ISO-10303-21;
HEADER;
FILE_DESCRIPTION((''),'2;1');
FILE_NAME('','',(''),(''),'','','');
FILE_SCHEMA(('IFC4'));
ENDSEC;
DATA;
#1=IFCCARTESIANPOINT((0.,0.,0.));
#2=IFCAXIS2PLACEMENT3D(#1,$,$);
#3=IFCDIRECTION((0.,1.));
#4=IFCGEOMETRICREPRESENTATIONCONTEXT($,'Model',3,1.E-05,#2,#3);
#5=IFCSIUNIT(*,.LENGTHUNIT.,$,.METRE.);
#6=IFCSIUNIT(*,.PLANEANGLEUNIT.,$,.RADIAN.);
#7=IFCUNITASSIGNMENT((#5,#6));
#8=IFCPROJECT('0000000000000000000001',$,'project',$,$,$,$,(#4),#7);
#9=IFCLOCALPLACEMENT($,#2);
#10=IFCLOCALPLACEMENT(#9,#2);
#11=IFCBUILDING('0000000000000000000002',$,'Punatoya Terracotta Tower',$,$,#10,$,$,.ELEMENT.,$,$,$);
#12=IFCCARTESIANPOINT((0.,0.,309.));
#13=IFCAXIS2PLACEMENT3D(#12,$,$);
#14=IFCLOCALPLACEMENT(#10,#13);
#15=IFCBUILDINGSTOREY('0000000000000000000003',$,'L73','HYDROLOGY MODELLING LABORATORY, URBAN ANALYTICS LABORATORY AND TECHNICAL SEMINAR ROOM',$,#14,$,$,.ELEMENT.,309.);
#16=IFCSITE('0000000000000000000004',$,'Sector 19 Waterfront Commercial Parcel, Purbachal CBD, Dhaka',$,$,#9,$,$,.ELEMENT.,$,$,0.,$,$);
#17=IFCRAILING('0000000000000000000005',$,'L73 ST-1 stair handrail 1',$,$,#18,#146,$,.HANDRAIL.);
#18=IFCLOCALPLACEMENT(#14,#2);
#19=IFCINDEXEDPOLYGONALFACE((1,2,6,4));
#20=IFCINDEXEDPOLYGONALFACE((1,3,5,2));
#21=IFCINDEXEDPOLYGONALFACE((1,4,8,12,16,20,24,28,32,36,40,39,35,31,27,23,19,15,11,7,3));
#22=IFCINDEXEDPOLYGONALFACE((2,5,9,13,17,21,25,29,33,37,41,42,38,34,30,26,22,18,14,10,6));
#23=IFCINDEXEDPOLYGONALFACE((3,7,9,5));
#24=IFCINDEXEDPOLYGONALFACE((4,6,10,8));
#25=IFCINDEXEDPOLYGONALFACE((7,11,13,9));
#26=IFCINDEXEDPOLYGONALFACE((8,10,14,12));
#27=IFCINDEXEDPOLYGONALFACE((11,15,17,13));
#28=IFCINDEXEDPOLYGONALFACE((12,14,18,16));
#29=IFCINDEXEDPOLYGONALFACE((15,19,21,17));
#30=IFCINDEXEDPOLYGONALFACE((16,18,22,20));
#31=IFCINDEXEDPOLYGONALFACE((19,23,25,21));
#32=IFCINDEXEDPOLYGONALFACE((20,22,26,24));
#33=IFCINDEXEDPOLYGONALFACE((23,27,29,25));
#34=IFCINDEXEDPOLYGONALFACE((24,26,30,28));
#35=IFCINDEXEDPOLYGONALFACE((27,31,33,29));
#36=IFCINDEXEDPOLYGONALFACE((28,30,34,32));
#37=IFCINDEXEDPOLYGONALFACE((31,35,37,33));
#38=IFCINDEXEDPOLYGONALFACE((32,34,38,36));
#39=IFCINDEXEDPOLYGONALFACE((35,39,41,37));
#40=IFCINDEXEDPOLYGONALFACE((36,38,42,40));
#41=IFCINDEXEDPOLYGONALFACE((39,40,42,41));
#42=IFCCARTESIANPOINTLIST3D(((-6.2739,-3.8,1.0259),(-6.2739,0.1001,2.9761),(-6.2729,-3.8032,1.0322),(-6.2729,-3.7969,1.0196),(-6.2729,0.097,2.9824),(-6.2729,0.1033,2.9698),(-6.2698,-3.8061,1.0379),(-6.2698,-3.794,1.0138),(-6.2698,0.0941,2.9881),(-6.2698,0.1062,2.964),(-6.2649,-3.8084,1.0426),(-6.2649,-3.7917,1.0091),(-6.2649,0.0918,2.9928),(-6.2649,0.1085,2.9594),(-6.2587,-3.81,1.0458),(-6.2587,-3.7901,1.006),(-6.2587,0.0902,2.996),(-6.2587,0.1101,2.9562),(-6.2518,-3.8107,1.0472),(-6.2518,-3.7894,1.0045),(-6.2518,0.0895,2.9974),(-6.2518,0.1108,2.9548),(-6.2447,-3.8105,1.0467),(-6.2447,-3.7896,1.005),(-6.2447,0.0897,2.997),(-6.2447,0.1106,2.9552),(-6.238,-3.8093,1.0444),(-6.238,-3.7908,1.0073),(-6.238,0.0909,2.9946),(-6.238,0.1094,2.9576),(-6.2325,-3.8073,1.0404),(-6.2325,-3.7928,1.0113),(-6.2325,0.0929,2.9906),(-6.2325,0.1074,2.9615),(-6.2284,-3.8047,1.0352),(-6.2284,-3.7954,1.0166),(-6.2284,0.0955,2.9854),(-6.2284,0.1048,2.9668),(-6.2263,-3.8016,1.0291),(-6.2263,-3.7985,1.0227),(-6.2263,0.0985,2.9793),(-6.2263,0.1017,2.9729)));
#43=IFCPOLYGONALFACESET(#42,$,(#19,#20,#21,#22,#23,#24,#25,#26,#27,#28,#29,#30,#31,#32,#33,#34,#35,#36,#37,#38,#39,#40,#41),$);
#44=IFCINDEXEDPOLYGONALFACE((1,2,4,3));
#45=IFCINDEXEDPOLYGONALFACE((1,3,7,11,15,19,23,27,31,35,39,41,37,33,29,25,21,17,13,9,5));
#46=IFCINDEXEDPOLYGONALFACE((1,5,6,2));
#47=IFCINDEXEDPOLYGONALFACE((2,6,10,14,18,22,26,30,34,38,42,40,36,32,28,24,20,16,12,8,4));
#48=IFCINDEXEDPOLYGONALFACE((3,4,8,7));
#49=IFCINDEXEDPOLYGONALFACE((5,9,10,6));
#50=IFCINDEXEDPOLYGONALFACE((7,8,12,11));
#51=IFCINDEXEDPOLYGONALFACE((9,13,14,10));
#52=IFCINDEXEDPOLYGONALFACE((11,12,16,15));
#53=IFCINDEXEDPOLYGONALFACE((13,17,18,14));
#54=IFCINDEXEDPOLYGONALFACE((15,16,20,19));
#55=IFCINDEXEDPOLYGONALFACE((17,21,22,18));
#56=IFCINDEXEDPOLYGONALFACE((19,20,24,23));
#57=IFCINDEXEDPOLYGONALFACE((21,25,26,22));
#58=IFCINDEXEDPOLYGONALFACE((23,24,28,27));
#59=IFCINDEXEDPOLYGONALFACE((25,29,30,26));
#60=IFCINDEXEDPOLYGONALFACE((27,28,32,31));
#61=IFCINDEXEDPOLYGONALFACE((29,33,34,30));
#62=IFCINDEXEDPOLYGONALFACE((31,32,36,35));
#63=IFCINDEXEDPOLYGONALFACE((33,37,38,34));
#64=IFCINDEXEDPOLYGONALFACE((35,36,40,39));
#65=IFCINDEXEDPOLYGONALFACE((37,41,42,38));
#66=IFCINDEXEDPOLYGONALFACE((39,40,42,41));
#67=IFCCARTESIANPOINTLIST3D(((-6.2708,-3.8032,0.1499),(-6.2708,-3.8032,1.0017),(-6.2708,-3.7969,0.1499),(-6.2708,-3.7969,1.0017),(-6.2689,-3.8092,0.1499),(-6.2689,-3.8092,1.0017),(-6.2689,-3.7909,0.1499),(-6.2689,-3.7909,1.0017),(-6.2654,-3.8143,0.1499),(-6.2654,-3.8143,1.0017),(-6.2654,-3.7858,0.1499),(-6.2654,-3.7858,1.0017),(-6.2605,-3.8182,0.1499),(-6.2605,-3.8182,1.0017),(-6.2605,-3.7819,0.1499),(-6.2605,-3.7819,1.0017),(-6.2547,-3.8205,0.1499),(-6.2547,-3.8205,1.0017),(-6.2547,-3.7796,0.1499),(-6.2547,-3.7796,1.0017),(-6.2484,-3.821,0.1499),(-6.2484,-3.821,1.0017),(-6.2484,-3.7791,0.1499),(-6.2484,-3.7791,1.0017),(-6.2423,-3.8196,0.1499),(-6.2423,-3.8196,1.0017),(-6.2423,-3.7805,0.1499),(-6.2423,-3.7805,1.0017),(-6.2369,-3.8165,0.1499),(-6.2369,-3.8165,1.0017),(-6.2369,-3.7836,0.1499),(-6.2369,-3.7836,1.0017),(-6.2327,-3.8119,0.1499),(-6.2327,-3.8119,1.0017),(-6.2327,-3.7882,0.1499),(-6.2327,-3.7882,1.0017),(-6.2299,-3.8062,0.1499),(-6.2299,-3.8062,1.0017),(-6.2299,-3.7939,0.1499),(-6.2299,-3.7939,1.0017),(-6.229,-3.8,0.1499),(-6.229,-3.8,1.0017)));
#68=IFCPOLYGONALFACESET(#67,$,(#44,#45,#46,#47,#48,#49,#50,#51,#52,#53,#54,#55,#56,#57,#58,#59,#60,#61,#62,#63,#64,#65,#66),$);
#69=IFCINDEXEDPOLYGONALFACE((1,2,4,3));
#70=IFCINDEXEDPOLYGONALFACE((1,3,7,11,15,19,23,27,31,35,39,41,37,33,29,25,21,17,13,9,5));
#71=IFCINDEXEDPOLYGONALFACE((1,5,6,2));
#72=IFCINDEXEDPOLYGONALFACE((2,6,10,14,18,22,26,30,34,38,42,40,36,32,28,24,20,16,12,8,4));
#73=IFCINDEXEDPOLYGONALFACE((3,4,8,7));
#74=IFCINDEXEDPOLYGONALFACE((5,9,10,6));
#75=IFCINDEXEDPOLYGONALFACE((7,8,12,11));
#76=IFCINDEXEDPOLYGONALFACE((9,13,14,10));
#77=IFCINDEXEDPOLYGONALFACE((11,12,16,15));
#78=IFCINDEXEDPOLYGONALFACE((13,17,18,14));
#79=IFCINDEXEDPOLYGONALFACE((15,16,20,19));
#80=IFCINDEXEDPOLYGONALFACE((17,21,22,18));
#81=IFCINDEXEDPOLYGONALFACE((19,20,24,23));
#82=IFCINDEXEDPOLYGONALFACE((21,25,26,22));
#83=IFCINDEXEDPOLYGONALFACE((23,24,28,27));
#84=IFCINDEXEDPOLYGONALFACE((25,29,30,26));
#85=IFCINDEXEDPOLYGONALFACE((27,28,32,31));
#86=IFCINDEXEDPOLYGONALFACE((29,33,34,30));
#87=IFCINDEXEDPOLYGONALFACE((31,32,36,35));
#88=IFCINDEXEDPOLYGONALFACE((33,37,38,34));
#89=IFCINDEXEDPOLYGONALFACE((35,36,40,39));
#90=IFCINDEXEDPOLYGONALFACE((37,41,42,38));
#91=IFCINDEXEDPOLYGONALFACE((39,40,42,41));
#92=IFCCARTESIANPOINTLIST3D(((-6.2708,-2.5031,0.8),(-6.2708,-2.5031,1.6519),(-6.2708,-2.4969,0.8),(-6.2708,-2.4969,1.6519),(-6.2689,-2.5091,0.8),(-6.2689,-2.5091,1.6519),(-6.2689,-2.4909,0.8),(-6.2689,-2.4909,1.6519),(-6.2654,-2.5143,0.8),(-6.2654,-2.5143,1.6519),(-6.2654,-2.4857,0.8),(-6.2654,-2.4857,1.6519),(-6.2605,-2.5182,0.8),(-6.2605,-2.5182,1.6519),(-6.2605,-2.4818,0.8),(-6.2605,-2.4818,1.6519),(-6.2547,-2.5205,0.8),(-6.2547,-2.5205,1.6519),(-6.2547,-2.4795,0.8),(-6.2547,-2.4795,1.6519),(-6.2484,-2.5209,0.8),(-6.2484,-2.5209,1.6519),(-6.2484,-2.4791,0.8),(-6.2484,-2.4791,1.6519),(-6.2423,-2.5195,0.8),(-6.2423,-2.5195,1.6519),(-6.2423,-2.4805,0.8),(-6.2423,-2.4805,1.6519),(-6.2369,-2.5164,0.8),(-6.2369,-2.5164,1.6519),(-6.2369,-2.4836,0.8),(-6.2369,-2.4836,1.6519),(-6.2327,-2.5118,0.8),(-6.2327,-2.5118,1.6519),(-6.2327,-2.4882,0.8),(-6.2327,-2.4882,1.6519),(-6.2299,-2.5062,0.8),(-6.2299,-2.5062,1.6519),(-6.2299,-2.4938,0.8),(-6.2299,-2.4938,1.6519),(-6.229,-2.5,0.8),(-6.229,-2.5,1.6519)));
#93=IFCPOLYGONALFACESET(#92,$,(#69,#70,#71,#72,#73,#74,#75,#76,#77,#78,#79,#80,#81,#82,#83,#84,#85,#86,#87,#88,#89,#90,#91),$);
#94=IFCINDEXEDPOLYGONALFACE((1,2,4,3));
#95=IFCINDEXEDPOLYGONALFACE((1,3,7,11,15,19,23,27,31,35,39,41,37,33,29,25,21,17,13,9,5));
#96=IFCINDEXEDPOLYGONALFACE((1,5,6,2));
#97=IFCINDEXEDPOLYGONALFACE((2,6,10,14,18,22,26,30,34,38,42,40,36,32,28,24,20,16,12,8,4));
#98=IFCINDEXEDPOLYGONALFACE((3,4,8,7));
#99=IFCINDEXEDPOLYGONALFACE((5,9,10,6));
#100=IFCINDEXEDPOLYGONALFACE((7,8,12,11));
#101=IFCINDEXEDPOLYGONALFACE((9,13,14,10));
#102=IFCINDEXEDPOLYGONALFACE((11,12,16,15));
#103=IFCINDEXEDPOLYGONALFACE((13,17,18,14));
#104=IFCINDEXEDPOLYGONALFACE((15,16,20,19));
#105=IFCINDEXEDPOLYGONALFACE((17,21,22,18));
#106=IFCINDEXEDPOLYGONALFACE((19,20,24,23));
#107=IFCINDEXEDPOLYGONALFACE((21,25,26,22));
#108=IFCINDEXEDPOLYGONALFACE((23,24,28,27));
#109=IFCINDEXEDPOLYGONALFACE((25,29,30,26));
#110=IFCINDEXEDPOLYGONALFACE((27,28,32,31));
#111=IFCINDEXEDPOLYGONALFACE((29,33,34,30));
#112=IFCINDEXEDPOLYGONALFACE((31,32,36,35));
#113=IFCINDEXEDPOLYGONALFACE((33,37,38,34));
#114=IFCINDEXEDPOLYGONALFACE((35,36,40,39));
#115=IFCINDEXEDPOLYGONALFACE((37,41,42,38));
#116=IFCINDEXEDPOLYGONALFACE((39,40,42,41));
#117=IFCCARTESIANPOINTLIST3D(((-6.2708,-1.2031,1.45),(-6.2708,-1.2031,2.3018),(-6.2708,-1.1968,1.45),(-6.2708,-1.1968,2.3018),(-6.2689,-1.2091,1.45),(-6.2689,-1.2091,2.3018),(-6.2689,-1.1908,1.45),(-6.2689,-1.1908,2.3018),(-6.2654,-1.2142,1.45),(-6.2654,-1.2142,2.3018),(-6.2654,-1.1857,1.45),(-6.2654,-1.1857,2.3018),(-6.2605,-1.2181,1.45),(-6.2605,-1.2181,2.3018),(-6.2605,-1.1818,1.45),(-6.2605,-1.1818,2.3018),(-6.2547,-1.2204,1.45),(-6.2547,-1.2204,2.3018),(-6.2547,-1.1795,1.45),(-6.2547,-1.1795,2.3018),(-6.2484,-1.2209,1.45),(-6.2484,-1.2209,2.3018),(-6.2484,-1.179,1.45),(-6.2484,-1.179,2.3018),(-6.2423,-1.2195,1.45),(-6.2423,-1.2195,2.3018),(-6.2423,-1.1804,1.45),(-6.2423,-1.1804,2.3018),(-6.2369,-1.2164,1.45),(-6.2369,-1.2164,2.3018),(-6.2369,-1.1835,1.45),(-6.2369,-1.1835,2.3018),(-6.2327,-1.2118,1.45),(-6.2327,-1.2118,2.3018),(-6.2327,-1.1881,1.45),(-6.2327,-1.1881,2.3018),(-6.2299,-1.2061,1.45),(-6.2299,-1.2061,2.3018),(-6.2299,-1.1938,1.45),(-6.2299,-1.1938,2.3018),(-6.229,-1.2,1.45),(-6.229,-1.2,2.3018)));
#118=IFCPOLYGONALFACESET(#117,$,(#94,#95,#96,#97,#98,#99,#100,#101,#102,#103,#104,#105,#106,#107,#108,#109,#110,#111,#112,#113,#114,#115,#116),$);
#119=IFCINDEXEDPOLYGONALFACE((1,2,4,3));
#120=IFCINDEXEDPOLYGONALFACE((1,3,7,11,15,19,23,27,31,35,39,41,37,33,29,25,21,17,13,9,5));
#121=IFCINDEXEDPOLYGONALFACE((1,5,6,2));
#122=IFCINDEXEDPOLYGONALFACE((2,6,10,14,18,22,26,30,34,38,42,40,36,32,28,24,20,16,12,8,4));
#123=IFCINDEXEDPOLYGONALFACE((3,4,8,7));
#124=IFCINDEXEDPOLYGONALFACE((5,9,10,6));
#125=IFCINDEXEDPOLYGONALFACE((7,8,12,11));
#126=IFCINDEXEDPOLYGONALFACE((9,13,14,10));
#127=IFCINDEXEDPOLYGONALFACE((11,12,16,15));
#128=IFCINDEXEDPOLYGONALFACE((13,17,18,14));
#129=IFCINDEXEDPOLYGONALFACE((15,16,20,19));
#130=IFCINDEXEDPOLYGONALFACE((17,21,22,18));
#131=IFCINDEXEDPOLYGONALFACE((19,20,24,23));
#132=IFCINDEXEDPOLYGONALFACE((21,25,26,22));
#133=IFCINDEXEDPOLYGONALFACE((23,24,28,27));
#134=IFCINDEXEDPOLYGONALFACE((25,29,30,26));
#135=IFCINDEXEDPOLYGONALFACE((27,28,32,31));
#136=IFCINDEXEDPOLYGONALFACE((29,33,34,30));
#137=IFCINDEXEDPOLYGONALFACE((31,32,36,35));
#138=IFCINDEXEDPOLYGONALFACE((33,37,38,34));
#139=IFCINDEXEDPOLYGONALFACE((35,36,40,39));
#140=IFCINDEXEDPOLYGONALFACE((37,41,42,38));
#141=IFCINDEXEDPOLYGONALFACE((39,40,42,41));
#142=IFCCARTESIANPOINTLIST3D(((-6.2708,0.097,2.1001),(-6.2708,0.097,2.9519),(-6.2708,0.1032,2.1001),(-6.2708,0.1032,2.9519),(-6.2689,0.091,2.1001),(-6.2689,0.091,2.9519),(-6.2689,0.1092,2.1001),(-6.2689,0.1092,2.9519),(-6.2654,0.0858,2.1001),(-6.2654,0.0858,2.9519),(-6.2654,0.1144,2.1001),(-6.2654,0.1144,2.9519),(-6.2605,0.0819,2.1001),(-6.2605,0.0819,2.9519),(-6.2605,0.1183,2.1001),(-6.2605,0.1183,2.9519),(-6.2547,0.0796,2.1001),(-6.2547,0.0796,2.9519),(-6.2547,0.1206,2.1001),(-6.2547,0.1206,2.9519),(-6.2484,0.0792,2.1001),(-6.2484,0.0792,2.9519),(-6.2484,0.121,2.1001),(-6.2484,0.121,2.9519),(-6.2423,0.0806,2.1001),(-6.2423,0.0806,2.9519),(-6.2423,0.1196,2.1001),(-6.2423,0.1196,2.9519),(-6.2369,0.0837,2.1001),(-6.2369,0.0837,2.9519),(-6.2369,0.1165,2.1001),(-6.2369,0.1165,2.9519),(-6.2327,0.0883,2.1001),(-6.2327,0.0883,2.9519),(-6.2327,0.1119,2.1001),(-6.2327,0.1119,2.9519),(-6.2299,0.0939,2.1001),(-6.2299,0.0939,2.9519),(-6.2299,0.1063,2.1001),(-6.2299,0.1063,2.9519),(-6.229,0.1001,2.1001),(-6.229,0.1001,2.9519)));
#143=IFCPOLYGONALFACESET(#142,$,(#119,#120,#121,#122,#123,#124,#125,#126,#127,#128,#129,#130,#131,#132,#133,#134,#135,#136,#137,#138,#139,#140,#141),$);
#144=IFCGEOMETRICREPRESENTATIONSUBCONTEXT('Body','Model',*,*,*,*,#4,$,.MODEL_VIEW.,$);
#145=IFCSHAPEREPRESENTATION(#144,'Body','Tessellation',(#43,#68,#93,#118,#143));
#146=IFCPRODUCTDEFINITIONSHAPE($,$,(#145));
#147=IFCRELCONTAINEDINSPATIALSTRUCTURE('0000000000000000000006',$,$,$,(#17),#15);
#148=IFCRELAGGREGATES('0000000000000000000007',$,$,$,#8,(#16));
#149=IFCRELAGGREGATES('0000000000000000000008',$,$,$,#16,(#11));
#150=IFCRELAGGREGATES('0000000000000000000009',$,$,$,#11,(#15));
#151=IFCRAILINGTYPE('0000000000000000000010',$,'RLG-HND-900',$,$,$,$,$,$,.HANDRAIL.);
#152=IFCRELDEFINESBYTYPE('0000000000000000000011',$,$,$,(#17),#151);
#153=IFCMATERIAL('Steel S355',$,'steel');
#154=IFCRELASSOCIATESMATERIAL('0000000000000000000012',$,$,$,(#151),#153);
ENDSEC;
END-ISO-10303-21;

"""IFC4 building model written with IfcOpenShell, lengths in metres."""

from ifc_helpers import new_model, si_unit, direction, frame, origin, origin_2d, place, context, subcontext, project, spatial, circle, extrude, material, type_object, element, save


model = new_model("IFC4")

# Units and contexts
model_context = context("Model", 3, precision=1e-05, world=origin(), true_north=direction((0.0, 1.0)))
body_context = subcontext(model_context, "Body", "Model", "MODEL_VIEW")
ifc_project = project(units=[si_unit("LENGTHUNIT", "METRE"), si_unit("PLANEANGLEUNIT", "RADIAN")], contexts=[model_context])

# Site, building, storey
site_placement = place(None, origin())
site = spatial("IfcSite", under=ifc_project, at=site_placement, Name="Sector 19 Waterfront Commercial Parcel, Purbachal CBD, Dhaka", CompositionType="ELEMENT", RefElevation=0.0)
building_placement = place(site_placement, origin())
building = spatial("IfcBuilding", under=site, at=building_placement, Name="Punatoya Terracotta Tower", CompositionType="ELEMENT")
storey_placement = place(building_placement, frame((0.0, 0.0, 309.0)))
storey = spatial("IfcBuildingStorey", under=building, at=storey_placement, Name="L73", Description="HYDROLOGY MODELLING LABORATORY, URBAN ANALYTICS LABORATORY AND TECHNICAL SEMINAR ROOM", CompositionType="ELEMENT", Elevation=309.0)

# Shared definitions
ifc_material_1 = material(Name="Steel S355", Category="steel")

# Railing
railing_type_1 = type_object("IfcRailingType", Name="RLG-HND-900", PredefinedType="HANDRAIL", material=ifc_material_1)
railing_1_placement = place(storey_placement, frame((-6.25, -3.8, 0.1499)))
element("IfcRailing", 1, at=railing_1_placement, inside=storey, type_object=railing_type_1, Name="L73 ST-1 stair handrail 1", PredefinedType="HANDRAIL", context=body_context, shape_type="SweptSolid", body=[
    extrude(circle(Radius=0.0239, at=origin_2d()), frame((0.0, 0.0, 0.876), z_axis=(0.0, 0.894416, 0.447236), x_axis=(-1.0, 0.0, 0.0)), (0.0, 0.0, 1.0), 4.3606),
    extrude(circle(Radius=0.021, at=origin_2d()), origin(), (0.0, 0.0, 1.0), 0.8518),
    extrude(circle(Radius=0.021, at=origin_2d()), frame((0.0, 1.3, 0.6501)), (0.0, 0.0, 1.0), 0.8518),
    extrude(circle(Radius=0.021, at=origin_2d()), frame((0.0, 2.6001, 1.3)), (0.0, 0.0, 1.0), 0.8518),
    extrude(circle(Radius=0.021, at=origin_2d()), frame((0.0, 3.9001, 1.9502)), (0.0, 0.0, 1.0), 0.8518),
])

save(model, "model.ifc")
